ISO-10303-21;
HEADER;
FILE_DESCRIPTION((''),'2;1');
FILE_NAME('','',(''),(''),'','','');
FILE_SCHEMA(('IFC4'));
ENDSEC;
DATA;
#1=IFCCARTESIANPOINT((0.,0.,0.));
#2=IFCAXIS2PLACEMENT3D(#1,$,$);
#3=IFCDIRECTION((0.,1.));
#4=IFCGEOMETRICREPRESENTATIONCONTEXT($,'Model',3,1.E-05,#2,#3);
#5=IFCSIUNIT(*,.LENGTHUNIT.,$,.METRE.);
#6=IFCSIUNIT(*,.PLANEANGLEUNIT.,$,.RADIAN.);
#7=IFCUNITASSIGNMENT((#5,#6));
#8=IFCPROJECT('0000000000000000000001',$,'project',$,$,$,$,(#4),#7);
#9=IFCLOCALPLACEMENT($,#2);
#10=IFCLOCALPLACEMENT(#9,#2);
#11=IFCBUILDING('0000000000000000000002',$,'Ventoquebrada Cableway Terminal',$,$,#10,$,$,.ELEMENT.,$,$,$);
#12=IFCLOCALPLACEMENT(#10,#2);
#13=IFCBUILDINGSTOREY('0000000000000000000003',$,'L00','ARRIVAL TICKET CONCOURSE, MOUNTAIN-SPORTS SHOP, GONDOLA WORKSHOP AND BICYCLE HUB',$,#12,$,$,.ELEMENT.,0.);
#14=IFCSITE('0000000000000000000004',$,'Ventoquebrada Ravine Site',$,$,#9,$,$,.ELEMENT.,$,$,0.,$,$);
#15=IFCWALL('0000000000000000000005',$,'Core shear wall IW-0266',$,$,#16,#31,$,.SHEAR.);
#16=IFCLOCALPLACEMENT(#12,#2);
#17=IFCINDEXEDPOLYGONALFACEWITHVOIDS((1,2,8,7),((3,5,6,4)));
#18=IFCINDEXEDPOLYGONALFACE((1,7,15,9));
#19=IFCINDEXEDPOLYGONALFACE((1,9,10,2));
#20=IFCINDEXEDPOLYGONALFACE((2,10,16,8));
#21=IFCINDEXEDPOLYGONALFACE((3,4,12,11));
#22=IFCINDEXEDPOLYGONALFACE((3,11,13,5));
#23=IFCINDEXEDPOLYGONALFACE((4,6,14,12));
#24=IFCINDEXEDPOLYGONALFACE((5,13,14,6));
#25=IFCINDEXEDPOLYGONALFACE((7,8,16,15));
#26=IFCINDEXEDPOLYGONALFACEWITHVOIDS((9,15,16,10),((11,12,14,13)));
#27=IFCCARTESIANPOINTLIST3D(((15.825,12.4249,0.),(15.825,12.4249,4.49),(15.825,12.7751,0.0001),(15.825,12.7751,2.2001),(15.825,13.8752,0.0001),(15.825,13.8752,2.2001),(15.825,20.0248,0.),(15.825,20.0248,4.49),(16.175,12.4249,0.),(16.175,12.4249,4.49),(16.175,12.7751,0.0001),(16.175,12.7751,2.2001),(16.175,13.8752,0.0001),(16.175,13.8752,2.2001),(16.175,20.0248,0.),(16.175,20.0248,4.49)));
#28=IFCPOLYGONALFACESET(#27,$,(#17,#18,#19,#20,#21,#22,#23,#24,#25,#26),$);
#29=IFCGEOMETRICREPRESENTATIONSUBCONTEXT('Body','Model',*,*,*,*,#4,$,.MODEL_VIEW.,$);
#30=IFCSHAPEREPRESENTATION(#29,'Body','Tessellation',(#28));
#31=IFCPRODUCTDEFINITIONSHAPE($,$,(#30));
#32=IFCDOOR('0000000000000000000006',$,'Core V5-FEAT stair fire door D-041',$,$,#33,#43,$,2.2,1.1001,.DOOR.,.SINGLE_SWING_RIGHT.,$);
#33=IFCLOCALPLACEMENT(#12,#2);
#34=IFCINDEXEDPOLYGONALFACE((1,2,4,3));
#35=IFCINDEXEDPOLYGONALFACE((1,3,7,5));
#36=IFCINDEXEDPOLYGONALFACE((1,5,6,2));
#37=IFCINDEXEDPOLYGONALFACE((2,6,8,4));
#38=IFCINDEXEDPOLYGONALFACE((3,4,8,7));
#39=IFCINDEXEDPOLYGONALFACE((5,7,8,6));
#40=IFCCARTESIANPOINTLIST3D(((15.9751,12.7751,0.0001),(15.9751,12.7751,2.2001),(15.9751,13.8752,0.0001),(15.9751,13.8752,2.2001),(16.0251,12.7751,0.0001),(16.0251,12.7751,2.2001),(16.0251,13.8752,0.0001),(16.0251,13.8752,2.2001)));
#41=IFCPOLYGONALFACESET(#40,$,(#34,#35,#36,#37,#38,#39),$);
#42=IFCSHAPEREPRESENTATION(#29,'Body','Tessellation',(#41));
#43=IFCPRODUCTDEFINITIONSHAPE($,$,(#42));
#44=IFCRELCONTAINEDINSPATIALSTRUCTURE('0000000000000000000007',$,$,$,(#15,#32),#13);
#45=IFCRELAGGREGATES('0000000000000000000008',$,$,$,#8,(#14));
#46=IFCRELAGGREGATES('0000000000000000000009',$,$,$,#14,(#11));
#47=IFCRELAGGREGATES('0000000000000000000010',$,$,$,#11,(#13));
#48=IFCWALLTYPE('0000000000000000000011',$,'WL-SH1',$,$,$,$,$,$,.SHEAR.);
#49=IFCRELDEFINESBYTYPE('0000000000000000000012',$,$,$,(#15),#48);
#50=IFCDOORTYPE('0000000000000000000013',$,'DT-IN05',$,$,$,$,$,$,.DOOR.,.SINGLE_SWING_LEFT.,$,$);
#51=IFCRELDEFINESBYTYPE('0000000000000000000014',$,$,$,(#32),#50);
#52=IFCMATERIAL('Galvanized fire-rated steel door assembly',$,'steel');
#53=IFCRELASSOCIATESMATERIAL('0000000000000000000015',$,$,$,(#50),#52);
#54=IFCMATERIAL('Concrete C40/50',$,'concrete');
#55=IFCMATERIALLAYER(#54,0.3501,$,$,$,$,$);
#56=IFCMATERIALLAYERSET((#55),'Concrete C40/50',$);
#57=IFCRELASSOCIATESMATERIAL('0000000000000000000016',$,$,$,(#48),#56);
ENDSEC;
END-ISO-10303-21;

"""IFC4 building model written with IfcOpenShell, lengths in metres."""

from ifc_helpers import new_model, si_unit, direction, frame, frame_2d, origin, place, context, subcontext, project, spatial, rectangle, extrude, material, layer, layer_set, type_object, element, fill, save


model = new_model("IFC4")

# Units and contexts
model_context = context("Model", 3, precision=1e-05, world=origin(), true_north=direction((0.0, 1.0)))
body_context = subcontext(model_context, "Body", "Model", "MODEL_VIEW")
ifc_project = project(units=[si_unit("LENGTHUNIT", "METRE"), si_unit("PLANEANGLEUNIT", "RADIAN")], contexts=[model_context])

# Site, building, storey
site_placement = place(None, origin())
site = spatial("IfcSite", under=ifc_project, at=site_placement, Name="Ventoquebrada Ravine Site", CompositionType="ELEMENT", RefElevation=0.0)
building_placement = place(site_placement, origin())
building = spatial("IfcBuilding", under=site, at=building_placement, Name="Ventoquebrada Cableway Terminal", CompositionType="ELEMENT")
storey_placement = place(building_placement, origin())
storey = spatial("IfcBuildingStorey", under=building, at=storey_placement, Name="L00", Description="ARRIVAL TICKET CONCOURSE, MOUNTAIN-SPORTS SHOP, GONDOLA WORKSHOP AND BICYCLE HUB", CompositionType="ELEMENT", Elevation=0.0)

# Shared definitions
ifc_material_1 = material(Name="Concrete C40/50", Category="concrete")

# Shared definitions
ifc_material_2 = material(Name="Galvanized fire-rated steel door assembly", Category="steel")
door_type_1 = type_object("IfcDoorType", Name="DT-IN05", OperationType="SINGLE_SWING_LEFT", PredefinedType="DOOR", material=ifc_material_2)

# Shared definitions
ifc_layer_1 = layer(ifc_material_1, 0.3501)
ifc_layer_set_1 = layer_set([ifc_layer_1], Name="Concrete C40/50")
wall_type_1 = type_object("IfcWallType", Name="WL-SH1", PredefinedType="SHEAR", material=ifc_layer_set_1)

# Wall, opening, door
wall_1_placement = place(storey_placement, frame((16.0, 12.425, 0.0), z_axis=(0.0, 0.0, 1.0), x_axis=(0.0, 1.0, 0.0)))
wall_1 = element("IfcWall", 1, at=wall_1_placement, inside=storey, type_object=wall_type_1, Name="Core shear wall IW-0266", PredefinedType="SHEAR", context=body_context, shape_type="SweptSolid", body=[
    extrude(rectangle(XDim=7.5999, YDim=0.3501, at=frame_2d((3.7998, 0.0))), origin(), (0.0, 0.0, 1.0), 4.49),
])
opening_1_placement = place(wall_1_placement, frame((0.3501, 0.0, 0.0)))
opening_1 = element("IfcOpeningElement", 2, at=opening_1_placement, cuts=wall_1, PredefinedType="OPENING", context=body_context, shape_type="SweptSolid", body=[
    extrude(rectangle(XDim=1.1001, YDim=2.2, at=frame_2d((0.55, 1.1001))), frame((0.0, 0.1851, 0.0), z_axis=(0.0, -1.0, 0.0), x_axis=(1.0, 0.0, 0.0)), (0.0, 0.0, 1.0), 0.3701),
])
door_1_placement = place(opening_1_placement, origin())
door_1 = element("IfcDoor", 3, at=door_1_placement, inside=storey, type_object=door_type_1, Name="Core V5-FEAT stair fire door D-041", OperationType="SINGLE_SWING_RIGHT", OverallHeight=2.2, OverallWidth=1.1001, PredefinedType="DOOR", context=body_context, shape_type="SweptSolid", body=[
    extrude(rectangle(XDim=1.1001, YDim=2.2, at=frame_2d((0.55, 1.1001))), frame((0.0, 0.0249, 0.0), z_axis=(0.0, -1.0, 0.0), x_axis=(1.0, 0.0, 0.0)), (0.0, 0.0, 1.0), 0.05),
])
fill(opening_1, door_1)

save(model, "model.ifc")
